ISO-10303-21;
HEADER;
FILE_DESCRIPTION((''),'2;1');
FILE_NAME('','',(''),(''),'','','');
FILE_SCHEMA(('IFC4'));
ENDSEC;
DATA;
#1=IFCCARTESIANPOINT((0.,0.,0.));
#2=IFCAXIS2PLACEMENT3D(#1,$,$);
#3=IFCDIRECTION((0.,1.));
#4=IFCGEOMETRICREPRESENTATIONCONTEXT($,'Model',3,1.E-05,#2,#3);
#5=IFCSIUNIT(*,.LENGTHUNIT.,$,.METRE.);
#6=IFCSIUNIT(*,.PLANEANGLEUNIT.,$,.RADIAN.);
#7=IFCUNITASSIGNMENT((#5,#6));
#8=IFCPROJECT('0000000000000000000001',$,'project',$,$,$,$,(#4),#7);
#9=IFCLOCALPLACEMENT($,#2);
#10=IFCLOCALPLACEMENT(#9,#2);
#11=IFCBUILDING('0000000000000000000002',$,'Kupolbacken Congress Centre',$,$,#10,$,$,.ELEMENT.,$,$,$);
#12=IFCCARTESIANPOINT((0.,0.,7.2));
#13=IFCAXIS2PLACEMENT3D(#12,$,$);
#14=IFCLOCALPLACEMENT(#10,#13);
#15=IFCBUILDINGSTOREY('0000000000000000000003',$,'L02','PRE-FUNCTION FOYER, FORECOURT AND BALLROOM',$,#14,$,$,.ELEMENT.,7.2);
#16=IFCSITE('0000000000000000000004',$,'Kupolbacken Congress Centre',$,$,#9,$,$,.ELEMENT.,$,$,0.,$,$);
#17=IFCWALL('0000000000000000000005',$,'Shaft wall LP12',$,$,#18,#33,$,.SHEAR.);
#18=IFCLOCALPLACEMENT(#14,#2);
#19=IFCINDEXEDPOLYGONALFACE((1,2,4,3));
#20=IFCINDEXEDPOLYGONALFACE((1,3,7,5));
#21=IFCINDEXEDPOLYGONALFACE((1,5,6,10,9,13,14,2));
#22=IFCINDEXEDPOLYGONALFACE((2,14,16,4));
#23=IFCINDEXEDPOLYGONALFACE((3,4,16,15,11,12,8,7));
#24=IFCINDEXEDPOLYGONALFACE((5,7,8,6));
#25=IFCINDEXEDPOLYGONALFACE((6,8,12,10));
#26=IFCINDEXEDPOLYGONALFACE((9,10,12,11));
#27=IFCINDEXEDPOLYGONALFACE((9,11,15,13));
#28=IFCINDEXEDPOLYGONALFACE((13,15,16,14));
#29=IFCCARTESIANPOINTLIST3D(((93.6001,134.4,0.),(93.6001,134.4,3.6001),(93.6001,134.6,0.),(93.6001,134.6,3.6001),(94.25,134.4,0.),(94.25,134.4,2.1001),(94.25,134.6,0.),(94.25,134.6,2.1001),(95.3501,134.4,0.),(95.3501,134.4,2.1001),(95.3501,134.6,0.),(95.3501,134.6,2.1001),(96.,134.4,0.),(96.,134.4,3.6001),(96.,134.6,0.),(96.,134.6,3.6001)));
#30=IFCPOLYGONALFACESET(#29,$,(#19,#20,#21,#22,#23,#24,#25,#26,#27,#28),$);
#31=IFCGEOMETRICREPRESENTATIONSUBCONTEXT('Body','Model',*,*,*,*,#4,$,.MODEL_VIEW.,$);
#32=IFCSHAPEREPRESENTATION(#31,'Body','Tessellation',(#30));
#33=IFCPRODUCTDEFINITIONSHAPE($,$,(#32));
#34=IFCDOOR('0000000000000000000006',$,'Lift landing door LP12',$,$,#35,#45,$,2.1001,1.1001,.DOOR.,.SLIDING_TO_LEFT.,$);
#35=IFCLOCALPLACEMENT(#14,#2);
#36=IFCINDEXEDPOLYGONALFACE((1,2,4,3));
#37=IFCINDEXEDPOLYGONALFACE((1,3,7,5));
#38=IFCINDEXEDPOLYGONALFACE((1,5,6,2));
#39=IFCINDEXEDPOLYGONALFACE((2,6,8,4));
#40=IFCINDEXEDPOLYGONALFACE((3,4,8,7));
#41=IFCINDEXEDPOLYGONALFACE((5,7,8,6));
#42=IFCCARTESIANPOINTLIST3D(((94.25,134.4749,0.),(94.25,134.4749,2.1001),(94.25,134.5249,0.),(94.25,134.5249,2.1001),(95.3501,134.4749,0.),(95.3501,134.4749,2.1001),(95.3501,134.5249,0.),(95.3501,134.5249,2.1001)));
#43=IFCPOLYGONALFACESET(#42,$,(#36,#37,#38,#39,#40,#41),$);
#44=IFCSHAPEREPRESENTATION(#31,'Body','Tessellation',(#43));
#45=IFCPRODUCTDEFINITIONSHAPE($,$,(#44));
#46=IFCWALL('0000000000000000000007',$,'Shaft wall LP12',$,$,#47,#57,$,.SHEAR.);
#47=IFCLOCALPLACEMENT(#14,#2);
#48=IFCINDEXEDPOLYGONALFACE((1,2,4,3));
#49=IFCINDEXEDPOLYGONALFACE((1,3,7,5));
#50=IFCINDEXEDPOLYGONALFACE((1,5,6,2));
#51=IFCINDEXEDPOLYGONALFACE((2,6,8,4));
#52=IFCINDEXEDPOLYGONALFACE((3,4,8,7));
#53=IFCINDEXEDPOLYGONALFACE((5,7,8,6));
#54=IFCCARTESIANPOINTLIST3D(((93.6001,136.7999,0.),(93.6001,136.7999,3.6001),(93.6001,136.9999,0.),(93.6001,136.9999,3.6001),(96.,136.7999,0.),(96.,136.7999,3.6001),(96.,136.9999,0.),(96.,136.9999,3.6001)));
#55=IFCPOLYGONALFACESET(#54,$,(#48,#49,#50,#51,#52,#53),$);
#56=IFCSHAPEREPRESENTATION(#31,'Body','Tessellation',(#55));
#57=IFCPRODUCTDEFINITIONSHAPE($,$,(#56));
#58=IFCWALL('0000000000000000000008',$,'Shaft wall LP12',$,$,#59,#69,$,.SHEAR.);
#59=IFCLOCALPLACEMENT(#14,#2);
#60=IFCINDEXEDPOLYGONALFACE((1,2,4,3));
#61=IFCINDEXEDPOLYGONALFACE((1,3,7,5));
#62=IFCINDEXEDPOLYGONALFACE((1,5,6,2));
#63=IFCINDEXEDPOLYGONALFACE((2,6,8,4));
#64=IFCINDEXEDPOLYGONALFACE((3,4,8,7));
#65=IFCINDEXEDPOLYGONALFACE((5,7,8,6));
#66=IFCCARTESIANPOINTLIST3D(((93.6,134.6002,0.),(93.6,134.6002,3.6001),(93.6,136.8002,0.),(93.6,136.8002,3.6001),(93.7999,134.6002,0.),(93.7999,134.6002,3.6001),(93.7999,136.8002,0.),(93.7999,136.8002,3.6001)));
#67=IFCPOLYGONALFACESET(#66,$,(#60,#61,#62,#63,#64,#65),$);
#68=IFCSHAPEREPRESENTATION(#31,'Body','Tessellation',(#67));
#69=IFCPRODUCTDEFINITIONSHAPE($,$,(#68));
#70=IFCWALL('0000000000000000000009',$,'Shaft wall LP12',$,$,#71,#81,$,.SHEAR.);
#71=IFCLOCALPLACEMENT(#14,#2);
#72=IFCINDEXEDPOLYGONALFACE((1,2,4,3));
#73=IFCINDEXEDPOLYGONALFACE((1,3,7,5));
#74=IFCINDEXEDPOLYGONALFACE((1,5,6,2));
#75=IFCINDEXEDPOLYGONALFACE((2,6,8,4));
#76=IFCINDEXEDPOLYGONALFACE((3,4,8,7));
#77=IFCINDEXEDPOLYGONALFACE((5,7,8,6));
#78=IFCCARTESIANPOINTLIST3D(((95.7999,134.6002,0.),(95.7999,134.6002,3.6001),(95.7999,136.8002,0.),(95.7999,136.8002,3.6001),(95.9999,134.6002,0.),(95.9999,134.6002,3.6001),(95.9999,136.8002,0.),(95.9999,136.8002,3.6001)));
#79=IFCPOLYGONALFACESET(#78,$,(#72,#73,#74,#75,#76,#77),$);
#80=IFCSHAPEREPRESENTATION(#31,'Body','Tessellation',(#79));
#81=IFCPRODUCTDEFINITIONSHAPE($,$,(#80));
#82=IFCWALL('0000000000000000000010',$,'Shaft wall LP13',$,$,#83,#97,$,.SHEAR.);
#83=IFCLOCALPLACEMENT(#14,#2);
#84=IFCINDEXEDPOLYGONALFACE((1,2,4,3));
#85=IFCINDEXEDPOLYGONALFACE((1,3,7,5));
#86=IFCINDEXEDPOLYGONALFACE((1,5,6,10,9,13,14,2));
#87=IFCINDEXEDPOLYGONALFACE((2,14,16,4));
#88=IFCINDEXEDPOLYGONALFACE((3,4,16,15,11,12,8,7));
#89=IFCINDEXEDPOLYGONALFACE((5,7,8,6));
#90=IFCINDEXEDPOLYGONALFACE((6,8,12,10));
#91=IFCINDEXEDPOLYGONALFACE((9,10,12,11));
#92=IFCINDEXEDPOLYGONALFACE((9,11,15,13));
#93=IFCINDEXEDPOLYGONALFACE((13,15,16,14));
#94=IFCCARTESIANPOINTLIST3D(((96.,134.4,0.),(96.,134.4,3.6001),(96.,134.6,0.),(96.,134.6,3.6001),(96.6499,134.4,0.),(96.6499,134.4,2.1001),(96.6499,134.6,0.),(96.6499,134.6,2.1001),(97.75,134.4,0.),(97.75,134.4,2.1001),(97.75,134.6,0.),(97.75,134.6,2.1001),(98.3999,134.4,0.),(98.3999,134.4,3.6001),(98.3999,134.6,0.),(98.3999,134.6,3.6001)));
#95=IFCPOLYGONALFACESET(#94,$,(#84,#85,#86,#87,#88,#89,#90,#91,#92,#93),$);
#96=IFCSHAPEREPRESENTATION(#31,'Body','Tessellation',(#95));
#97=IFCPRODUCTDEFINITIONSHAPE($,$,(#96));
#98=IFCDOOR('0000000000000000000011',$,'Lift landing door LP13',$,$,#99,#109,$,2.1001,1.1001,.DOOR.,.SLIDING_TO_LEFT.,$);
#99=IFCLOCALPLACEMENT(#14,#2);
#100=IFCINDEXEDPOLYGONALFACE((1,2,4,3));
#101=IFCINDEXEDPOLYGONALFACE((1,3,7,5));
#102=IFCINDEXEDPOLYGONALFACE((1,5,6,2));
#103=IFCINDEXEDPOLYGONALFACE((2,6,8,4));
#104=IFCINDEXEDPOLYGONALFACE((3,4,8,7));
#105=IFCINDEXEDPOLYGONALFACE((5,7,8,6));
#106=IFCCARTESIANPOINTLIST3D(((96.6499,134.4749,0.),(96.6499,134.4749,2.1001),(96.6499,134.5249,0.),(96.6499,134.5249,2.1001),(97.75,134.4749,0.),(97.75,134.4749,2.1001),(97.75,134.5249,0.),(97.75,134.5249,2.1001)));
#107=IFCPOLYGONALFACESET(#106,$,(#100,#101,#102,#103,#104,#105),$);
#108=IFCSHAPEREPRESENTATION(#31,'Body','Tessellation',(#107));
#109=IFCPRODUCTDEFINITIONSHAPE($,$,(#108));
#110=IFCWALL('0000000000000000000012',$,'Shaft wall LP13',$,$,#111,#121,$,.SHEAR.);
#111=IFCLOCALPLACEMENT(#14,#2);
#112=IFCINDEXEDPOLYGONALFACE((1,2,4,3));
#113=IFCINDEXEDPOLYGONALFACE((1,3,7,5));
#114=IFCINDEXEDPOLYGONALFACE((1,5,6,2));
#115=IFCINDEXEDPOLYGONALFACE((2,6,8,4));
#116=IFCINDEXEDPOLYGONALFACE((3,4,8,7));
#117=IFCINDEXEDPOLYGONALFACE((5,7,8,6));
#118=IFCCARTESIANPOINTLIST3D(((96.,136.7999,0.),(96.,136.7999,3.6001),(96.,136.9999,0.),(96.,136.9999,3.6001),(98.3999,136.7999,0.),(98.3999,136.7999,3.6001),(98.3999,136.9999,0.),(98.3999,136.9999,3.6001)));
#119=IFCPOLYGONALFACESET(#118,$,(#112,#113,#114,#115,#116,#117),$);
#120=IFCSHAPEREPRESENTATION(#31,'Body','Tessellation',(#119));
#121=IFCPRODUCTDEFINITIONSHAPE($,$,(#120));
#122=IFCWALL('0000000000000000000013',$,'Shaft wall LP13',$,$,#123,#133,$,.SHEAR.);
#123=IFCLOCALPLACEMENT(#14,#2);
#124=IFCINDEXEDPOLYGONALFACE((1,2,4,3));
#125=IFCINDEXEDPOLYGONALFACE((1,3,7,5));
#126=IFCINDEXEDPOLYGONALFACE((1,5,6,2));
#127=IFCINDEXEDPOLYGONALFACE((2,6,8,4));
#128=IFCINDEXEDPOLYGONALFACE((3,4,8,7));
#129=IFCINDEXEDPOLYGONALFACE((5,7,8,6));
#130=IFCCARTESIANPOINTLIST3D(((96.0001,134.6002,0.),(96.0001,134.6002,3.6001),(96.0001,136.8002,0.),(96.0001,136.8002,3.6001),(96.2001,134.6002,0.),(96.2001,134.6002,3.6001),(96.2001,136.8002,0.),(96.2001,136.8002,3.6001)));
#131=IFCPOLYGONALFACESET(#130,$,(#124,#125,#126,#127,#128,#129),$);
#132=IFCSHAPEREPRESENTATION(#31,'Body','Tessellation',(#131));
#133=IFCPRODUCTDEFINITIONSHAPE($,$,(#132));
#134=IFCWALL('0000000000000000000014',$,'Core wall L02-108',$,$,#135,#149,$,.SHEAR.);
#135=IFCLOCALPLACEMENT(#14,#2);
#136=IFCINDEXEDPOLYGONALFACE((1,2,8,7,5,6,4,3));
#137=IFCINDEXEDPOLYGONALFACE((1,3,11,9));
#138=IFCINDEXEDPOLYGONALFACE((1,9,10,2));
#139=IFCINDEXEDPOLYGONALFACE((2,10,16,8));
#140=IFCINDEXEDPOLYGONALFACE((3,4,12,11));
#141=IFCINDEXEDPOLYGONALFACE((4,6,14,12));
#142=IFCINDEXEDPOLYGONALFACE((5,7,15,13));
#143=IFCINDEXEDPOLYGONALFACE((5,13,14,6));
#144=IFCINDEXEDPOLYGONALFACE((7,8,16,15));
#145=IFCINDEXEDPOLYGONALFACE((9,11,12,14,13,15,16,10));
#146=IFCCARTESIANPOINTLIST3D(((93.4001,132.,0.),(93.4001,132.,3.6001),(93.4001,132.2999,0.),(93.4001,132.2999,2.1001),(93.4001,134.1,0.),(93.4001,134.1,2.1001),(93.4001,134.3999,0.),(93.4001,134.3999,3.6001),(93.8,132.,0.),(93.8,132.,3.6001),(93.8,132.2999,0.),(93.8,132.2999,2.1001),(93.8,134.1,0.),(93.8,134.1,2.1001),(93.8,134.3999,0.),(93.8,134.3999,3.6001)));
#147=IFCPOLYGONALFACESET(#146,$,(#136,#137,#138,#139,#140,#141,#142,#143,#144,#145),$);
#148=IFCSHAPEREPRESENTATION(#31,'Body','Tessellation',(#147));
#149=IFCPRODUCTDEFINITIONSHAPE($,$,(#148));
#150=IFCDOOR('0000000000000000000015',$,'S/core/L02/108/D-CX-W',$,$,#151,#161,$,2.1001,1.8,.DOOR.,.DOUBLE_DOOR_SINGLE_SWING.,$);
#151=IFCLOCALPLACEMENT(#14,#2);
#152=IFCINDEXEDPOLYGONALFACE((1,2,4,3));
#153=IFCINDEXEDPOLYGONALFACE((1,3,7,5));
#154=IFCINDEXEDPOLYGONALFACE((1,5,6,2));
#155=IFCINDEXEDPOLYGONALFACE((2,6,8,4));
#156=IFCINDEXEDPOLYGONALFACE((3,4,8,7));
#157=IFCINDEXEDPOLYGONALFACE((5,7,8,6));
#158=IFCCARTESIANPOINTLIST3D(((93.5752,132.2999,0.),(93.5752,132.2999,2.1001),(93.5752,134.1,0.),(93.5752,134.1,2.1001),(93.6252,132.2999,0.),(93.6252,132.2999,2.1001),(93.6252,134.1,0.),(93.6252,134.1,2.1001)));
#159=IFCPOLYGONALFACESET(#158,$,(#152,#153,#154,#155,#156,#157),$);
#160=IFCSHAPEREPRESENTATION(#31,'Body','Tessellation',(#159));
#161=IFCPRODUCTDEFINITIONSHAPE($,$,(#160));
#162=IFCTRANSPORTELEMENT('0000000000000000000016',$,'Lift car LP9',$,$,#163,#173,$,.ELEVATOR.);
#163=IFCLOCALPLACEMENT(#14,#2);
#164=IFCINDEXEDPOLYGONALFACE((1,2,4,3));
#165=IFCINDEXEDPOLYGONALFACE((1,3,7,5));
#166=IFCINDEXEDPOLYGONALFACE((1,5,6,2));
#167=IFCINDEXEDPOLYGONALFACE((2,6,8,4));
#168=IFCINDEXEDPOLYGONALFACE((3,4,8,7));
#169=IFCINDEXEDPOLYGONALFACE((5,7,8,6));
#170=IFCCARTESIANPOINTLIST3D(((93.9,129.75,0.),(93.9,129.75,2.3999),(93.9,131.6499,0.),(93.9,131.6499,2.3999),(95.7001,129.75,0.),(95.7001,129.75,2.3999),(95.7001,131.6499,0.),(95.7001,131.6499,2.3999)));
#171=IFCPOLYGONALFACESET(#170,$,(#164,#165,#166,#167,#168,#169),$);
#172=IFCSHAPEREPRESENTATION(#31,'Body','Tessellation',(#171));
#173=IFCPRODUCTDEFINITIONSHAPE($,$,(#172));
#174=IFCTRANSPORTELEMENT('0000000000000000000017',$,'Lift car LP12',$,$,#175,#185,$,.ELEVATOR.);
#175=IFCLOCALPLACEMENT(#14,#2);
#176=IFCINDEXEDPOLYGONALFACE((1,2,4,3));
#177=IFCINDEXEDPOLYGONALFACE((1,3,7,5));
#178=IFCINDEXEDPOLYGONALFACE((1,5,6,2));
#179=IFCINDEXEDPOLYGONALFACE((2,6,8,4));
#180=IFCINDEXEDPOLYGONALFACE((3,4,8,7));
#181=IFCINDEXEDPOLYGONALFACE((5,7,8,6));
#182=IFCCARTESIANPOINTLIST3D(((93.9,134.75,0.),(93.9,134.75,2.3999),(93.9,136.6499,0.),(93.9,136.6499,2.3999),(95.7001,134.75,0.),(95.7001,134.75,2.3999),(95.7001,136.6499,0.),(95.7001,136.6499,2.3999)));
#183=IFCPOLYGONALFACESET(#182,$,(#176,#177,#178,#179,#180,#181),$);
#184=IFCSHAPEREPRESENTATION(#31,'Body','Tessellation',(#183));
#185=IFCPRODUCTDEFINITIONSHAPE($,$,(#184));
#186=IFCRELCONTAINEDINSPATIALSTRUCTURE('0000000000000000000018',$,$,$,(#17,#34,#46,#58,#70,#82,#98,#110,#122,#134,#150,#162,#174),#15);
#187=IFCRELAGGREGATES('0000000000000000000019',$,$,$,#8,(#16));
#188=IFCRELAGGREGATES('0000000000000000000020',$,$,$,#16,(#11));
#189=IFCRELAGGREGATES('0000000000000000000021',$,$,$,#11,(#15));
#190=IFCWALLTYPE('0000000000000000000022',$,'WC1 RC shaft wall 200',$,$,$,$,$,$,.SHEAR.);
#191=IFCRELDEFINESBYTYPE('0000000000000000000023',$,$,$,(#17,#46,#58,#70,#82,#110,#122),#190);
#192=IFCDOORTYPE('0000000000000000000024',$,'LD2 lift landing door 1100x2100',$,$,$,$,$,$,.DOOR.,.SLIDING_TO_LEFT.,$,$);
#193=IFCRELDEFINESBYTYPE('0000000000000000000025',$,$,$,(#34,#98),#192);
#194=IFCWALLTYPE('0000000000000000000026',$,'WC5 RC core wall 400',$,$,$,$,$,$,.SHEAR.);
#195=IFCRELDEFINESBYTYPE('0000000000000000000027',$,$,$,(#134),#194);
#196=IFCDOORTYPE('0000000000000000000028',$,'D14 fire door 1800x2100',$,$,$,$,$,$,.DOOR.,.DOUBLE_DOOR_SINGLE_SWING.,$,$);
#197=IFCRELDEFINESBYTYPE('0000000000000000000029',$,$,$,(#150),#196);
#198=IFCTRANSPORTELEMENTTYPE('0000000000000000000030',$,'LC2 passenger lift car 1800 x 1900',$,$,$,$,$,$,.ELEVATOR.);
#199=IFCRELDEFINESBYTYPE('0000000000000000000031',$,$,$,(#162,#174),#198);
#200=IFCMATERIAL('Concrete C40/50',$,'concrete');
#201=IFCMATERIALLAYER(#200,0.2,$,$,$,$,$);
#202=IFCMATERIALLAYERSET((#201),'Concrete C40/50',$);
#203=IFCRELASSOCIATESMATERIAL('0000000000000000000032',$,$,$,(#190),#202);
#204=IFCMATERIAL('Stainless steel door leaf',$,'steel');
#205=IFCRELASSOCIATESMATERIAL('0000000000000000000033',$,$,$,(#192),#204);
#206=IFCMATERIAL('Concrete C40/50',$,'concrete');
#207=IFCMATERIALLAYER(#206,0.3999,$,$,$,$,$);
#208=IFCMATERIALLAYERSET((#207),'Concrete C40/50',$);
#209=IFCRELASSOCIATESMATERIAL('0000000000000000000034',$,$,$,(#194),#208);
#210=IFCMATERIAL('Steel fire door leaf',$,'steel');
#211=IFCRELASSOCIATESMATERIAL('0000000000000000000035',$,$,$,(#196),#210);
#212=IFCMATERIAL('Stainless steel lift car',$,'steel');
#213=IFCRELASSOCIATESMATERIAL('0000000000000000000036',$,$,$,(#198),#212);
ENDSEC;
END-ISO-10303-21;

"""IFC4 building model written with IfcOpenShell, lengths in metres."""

from ifc_helpers import new_model, si_unit, direction, frame, frame_2d, origin, origin_2d, place, context, subcontext, project, spatial, rectangle, extrude, material, layer, layer_set, type_object, element, fill, save


model = new_model("IFC4")

# Units and contexts
model_context = context("Model", 3, precision=1e-05, world=origin(), true_north=direction((0.0, 1.0)))
body_context = subcontext(model_context, "Body", "Model", "MODEL_VIEW")
ifc_project = project(units=[si_unit("LENGTHUNIT", "METRE"), si_unit("PLANEANGLEUNIT", "RADIAN")], contexts=[model_context])

# Site, building, storey
site_placement = place(None, origin())
site = spatial("IfcSite", under=ifc_project, at=site_placement, Name="Kupolbacken Congress Centre", CompositionType="ELEMENT", RefElevation=0.0)
building_placement = place(site_placement, origin())
building = spatial("IfcBuilding", under=site, at=building_placement, Name="Kupolbacken Congress Centre", CompositionType="ELEMENT")
storey_placement = place(building_placement, frame((0.0, 0.0, 7.2)))
storey = spatial("IfcBuildingStorey", under=building, at=storey_placement, Name="L02", Description="PRE-FUNCTION FOYER, FORECOURT AND BALLROOM", CompositionType="ELEMENT", Elevation=7.2)

# Wall, opening, door
ifc_material_1 = material(Name="Concrete C40/50", Category="concrete")
ifc_layer_1 = layer(ifc_material_1, 0.2)
ifc_layer_set_1 = layer_set([ifc_layer_1], Name="Concrete C40/50")
wall_type_1 = type_object("IfcWallType", Name="WC1 RC shaft wall 200", PredefinedType="SHEAR", material=ifc_layer_set_1)
ifc_material_2 = material(Name="Stainless steel door leaf", Category="steel")
door_type_1 = type_object("IfcDoorType", Name="LD2 lift landing door 1100x2100", OperationType="SLIDING_TO_LEFT", PredefinedType="DOOR", material=ifc_material_2)
wall_1_placement = place(storey_placement, frame((93.6001, 134.5, 0.0), z_axis=(0.0, 0.0, 1.0), x_axis=(1.0, 0.0, 0.0)))
wall_1 = element("IfcWall", 1, at=wall_1_placement, inside=storey, type_object=wall_type_1, Name="Shaft wall LP12", PredefinedType="SHEAR", context=body_context, shape_type="SweptSolid", body=[
    extrude(rectangle(XDim=2.3999, YDim=0.2, at=frame_2d((1.2, 0.0))), origin(), (0.0, 0.0, 1.0), 3.6001),
])
opening_1_placement = place(wall_1_placement, frame((0.6499, 0.0, 0.0)))
opening_1 = element("IfcOpeningElement", 2, at=opening_1_placement, cuts=wall_1, PredefinedType="OPENING", context=body_context, shape_type="SweptSolid", body=[
    extrude(rectangle(XDim=1.1001, YDim=2.1001, at=frame_2d((0.55, 1.05))), frame((0.0, 0.1099, 0.0), z_axis=(0.0, -1.0, 0.0), x_axis=(1.0, 0.0, 0.0)), (0.0, 0.0, 1.0), 0.22),
])
door_1_placement = place(opening_1_placement, origin())
door_1 = element("IfcDoor", 3, at=door_1_placement, inside=storey, type_object=door_type_1, Name="Lift landing door LP12", OperationType="SLIDING_TO_LEFT", OverallHeight=2.1001, OverallWidth=1.1001, PredefinedType="DOOR", context=body_context, shape_type="SweptSolid", body=[
    extrude(rectangle(XDim=1.1001, YDim=2.1001, at=frame_2d((0.55, 1.05))), frame((0.0, 0.0249, 0.0), z_axis=(0.0, -1.0, 0.0), x_axis=(1.0, 0.0, 0.0)), (0.0, 0.0, 1.0), 0.05),
])
fill(opening_1, door_1)

# Walls
wall_2_placement = place(storey_placement, frame((93.6001, 136.8999, 0.0), z_axis=(0.0, 0.0, 1.0), x_axis=(1.0, 0.0, 0.0)))
element("IfcWall", 4, at=wall_2_placement, inside=storey, type_object=wall_type_1, Name="Shaft wall LP12", PredefinedType="SHEAR", context=body_context, shape_type="SweptSolid", body=[
    extrude(rectangle(XDim=2.3999, YDim=0.2, at=frame_2d((1.2, 0.0))), origin(), (0.0, 0.0, 1.0), 3.6001),
])
for number, where, z_axis, x_axis, name in (
    (5, (93.7, 134.6001, 0.0), (0.0, 0.0, 1.0), (0.0, 1.0, 0.0), "Shaft wall LP12"),
    (6, (95.8999, 134.6001, 0.0), (0.0, 0.0, 1.0), (0.0, 1.0, 0.0), "Shaft wall LP12"),
):
    element("IfcWall", number, at=place(storey_placement, frame(where, z_axis=z_axis, x_axis=x_axis)), inside=storey, type_object=wall_type_1, Name=name, PredefinedType="SHEAR", context=body_context, shape_type="SweptSolid", body=[
        extrude(rectangle(XDim=2.2, YDim=0.2, at=frame_2d((1.1001, 0.0))), origin(), (0.0, 0.0, 1.0), 3.6001),
    ])

# Wall, opening, door
wall_3_placement = place(storey_placement, frame((96.0, 134.5, 0.0), z_axis=(0.0, 0.0, 1.0), x_axis=(1.0, 0.0, 0.0)))
wall_3 = element("IfcWall", 7, at=wall_3_placement, inside=storey, type_object=wall_type_1, Name="Shaft wall LP13", PredefinedType="SHEAR", context=body_context, shape_type="SweptSolid", body=[
    extrude(rectangle(XDim=2.3999, YDim=0.2, at=frame_2d((1.2, 0.0))), origin(), (0.0, 0.0, 1.0), 3.6001),
])
opening_2_placement = place(wall_3_placement, frame((0.6499, 0.0, 0.0)))
opening_2 = element("IfcOpeningElement", 8, at=opening_2_placement, cuts=wall_3, PredefinedType="OPENING", context=body_context, shape_type="SweptSolid", body=[
    extrude(rectangle(XDim=1.1001, YDim=2.1001, at=frame_2d((0.55, 1.05))), frame((0.0, 0.1099, 0.0), z_axis=(0.0, -1.0, 0.0), x_axis=(1.0, 0.0, 0.0)), (0.0, 0.0, 1.0), 0.22),
])
door_2_placement = place(opening_2_placement, origin())
door_2 = element("IfcDoor", 9, at=door_2_placement, inside=storey, type_object=door_type_1, Name="Lift landing door LP13", OperationType="SLIDING_TO_LEFT", OverallHeight=2.1001, OverallWidth=1.1001, PredefinedType="DOOR", context=body_context, shape_type="SweptSolid", body=[
    extrude(rectangle(XDim=1.1001, YDim=2.1001, at=frame_2d((0.55, 1.05))), frame((0.0, 0.0249, 0.0), z_axis=(0.0, -1.0, 0.0), x_axis=(1.0, 0.0, 0.0)), (0.0, 0.0, 1.0), 0.05),
])
fill(opening_2, door_2)

# Walls
wall_4_placement = place(storey_placement, frame((96.0, 136.8999, 0.0), z_axis=(0.0, 0.0, 1.0), x_axis=(1.0, 0.0, 0.0)))
element("IfcWall", 10, at=wall_4_placement, inside=storey, type_object=wall_type_1, Name="Shaft wall LP13", PredefinedType="SHEAR", context=body_context, shape_type="SweptSolid", body=[
    extrude(rectangle(XDim=2.3999, YDim=0.2, at=frame_2d((1.2, 0.0))), origin(), (0.0, 0.0, 1.0), 3.6001),
])
wall_5_placement = place(storey_placement, frame((96.1001, 134.6001, 0.0), z_axis=(0.0, 0.0, 1.0), x_axis=(0.0, 1.0, 0.0)))
element("IfcWall", 11, at=wall_5_placement, inside=storey, type_object=wall_type_1, Name="Shaft wall LP13", PredefinedType="SHEAR", context=body_context, shape_type="SweptSolid", body=[
    extrude(rectangle(XDim=2.2, YDim=0.2, at=frame_2d((1.1001, 0.0))), origin(), (0.0, 0.0, 1.0), 3.6001),
])

# Wall, opening, door
ifc_material_3 = material(Name="Concrete C40/50", Category="concrete")
ifc_layer_2 = layer(ifc_material_3, 0.3999)
ifc_layer_set_2 = layer_set([ifc_layer_2], Name="Concrete C40/50")
wall_type_2 = type_object("IfcWallType", Name="WC5 RC core wall 400", PredefinedType="SHEAR", material=ifc_layer_set_2)
wall_6_placement = place(storey_placement, frame((93.6001, 132.0, 0.0), z_axis=(0.0, 0.0, 1.0), x_axis=(0.0, 1.0, 0.0)))
wall_6 = element("IfcWall", 12, at=wall_6_placement, inside=storey, type_object=wall_type_2, Name="Core wall L02-108", PredefinedType="SHEAR", context=body_context, shape_type="SweptSolid", body=[
    extrude(rectangle(XDim=2.3999, YDim=0.3999, at=frame_2d((1.2, 0.0))), origin(), (0.0, 0.0, 1.0), 3.6001),
])
opening_3_placement = place(wall_6_placement, frame((0.3, 0.0, 0.0)))
opening_3 = element("IfcOpeningElement", 13, at=opening_3_placement, cuts=wall_6, PredefinedType="OPENING", context=body_context, shape_type="SweptSolid", body=[
    extrude(rectangle(XDim=1.8, YDim=2.1001, at=frame_2d((0.8999, 1.05))), frame((0.0, 0.21, 0.0), z_axis=(0.0, -1.0, 0.0), x_axis=(1.0, 0.0, 0.0)), (0.0, 0.0, 1.0), 0.4199),
])
ifc_material_4 = material(Name="Steel fire door leaf", Category="steel")
door_type_2 = type_object("IfcDoorType", Name="D14 fire door 1800x2100", OperationType="DOUBLE_DOOR_SINGLE_SWING", PredefinedType="DOOR", material=ifc_material_4)
door_3_placement = place(opening_3_placement, origin())
door_3 = element("IfcDoor", 14, at=door_3_placement, inside=storey, type_object=door_type_2, Name="S/core/L02/108/D-CX-W", OperationType="DOUBLE_DOOR_SINGLE_SWING", OverallHeight=2.1001, OverallWidth=1.8, PredefinedType="DOOR", context=body_context, shape_type="SweptSolid", body=[
    extrude(rectangle(XDim=1.8, YDim=2.1001, at=frame_2d((0.8999, 1.05))), frame((0.0, 0.0249, 0.0), z_axis=(0.0, -1.0, 0.0), x_axis=(1.0, 0.0, 0.0)), (0.0, 0.0, 1.0), 0.05),
])
fill(opening_3, door_3)

# Transport elements
ifc_material_5 = material(Name="Stainless steel lift car", Category="steel")
transport_element_type = type_object("IfcTransportElementType", Name="LC2 passenger lift car 1800 x 1900", PredefinedType="ELEVATOR", material=ifc_material_5)
for number, where, z_axis, x_axis, name in (
    (15, (94.8, 130.7, 0.0), (0.0, 0.0, 1.0), (1.0, 0.0, 0.0), "Lift car LP9"),
    (16, (94.8, 135.7, 0.0), (0.0, 0.0, 1.0), (1.0, 0.0, 0.0), "Lift car LP12"),
):
    element("IfcTransportElement", number, at=place(storey_placement, frame(where, z_axis=z_axis, x_axis=x_axis)), inside=storey, type_object=transport_element_type, Name=name, PredefinedType="ELEVATOR", context=body_context, shape_type="SweptSolid", body=[
        extrude(rectangle(XDim=1.8, YDim=1.8999, at=origin_2d()), origin(), (0.0, 0.0, 1.0), 2.3999),
    ])

save(model, "model.ifc")
